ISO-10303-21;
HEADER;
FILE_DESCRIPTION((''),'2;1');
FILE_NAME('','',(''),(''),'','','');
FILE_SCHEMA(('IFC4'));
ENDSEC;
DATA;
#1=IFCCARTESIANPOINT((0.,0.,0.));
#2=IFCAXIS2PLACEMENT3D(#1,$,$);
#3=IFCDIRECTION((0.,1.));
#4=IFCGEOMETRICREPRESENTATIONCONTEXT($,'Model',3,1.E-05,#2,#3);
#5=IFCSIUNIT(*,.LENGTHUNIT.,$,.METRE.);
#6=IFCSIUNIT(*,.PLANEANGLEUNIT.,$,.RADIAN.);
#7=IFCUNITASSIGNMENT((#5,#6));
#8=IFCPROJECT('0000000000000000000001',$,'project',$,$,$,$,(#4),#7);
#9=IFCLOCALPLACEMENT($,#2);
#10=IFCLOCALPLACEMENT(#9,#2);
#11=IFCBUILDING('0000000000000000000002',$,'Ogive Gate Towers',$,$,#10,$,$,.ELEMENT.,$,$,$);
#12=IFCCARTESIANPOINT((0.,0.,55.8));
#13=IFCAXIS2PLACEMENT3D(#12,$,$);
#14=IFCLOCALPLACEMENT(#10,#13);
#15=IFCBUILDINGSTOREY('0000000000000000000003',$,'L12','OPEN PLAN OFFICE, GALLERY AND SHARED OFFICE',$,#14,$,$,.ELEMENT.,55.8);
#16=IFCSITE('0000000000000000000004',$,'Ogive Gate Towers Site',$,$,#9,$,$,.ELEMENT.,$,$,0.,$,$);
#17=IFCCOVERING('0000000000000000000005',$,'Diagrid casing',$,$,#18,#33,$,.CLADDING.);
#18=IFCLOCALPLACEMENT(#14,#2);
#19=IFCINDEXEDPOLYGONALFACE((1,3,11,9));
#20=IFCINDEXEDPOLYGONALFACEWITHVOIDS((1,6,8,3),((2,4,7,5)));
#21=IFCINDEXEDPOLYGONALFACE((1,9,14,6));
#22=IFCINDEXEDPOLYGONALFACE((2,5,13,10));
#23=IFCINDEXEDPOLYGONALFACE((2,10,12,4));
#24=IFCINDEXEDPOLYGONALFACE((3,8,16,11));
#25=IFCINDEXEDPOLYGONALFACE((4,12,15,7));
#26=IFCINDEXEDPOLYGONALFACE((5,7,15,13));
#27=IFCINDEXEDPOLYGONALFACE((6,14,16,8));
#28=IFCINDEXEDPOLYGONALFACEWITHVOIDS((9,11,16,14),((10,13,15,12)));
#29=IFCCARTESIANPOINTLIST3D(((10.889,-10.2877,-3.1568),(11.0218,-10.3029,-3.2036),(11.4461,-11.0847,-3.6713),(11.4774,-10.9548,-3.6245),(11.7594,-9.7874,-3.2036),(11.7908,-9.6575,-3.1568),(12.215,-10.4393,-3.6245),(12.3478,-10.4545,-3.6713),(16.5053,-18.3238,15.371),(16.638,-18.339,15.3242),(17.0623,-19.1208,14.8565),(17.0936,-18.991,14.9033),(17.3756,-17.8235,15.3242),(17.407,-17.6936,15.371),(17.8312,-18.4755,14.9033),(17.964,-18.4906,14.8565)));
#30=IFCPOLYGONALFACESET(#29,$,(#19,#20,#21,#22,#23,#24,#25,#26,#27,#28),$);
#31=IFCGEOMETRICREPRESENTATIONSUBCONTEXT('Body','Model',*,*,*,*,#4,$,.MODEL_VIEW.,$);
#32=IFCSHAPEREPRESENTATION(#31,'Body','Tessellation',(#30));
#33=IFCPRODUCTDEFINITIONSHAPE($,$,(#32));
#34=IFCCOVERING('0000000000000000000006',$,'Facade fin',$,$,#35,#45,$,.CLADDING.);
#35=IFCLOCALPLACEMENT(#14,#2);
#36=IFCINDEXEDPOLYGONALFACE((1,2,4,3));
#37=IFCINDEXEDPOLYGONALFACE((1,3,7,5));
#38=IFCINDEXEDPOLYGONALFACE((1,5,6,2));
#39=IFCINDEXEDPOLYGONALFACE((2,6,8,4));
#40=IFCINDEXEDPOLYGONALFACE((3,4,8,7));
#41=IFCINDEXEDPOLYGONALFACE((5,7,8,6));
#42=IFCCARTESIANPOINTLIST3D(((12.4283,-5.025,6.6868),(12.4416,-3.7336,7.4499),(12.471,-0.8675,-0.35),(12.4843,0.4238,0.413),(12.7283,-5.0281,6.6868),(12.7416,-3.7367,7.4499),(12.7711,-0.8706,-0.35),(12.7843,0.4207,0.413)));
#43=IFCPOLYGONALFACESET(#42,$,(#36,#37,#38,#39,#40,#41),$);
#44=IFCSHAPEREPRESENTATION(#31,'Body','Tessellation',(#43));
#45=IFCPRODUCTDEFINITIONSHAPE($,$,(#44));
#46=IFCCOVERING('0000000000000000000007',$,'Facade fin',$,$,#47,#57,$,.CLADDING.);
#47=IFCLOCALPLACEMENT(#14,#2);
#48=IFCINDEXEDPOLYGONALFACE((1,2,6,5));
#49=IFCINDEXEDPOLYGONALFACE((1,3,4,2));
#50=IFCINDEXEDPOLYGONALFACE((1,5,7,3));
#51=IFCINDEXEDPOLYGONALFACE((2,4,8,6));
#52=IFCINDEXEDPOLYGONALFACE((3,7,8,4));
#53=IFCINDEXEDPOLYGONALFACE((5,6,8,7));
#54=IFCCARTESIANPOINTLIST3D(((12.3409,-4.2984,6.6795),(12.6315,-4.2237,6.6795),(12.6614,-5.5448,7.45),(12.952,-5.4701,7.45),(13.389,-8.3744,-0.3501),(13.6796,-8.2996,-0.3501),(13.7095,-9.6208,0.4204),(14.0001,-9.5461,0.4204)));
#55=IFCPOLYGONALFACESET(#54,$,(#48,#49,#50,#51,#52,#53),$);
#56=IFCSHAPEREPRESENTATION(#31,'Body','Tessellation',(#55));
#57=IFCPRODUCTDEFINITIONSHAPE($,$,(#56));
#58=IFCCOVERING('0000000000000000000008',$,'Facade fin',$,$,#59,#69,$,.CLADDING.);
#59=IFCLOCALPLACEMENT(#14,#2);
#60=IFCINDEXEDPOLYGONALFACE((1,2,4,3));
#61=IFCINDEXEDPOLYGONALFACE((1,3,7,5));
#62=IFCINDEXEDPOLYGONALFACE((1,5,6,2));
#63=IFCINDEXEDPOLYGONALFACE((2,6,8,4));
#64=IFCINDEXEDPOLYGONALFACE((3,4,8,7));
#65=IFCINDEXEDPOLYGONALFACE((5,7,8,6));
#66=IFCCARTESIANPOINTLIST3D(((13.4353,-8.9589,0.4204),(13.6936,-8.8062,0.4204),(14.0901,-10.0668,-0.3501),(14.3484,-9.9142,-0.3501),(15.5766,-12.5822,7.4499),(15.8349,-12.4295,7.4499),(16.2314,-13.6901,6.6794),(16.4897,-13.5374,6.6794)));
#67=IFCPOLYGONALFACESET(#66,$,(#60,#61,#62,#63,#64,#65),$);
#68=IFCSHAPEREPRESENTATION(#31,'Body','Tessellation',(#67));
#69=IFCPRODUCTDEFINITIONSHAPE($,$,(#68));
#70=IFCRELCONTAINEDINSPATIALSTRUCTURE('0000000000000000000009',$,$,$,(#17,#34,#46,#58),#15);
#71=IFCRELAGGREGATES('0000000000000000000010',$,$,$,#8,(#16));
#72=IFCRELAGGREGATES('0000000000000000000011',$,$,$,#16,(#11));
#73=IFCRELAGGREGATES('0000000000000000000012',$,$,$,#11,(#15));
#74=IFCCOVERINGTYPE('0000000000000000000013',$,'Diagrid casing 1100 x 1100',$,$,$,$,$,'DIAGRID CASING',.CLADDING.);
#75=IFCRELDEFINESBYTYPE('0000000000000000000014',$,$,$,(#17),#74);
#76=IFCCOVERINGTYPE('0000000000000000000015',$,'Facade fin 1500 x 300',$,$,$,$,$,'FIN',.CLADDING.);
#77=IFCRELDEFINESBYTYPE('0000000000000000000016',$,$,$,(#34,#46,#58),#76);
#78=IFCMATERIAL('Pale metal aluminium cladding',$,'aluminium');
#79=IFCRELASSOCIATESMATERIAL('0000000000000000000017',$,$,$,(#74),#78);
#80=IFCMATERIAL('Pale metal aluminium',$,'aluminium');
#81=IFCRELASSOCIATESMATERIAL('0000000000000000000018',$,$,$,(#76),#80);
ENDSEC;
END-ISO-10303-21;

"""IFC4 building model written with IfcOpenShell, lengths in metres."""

from ifc_helpers import new_model, si_unit, direction, frame, origin, origin_2d, place, context, subcontext, project, spatial, rectangle, hollow_rectangle, extrude, material, material_profile, profile_set, type_object, element, save


model = new_model("IFC4")

# Units and contexts
model_context = context("Model", 3, precision=1e-05, world=origin(), true_north=direction((0.0, 1.0)))
body_context = subcontext(model_context, "Body", "Model", "MODEL_VIEW")
ifc_project = project(units=[si_unit("LENGTHUNIT", "METRE"), si_unit("PLANEANGLEUNIT", "RADIAN")], contexts=[model_context])

# Site, building, storey
site_placement = place(None, origin())
site = spatial("IfcSite", under=ifc_project, at=site_placement, Name="Ogive Gate Towers Site", CompositionType="ELEMENT", RefElevation=0.0)
building_placement = place(site_placement, origin())
building = spatial("IfcBuilding", under=site, at=building_placement, Name="Ogive Gate Towers", CompositionType="ELEMENT")
storey_placement = place(building_placement, frame((0.0, 0.0, 55.8)))
storey = spatial("IfcBuildingStorey", under=building, at=storey_placement, Name="L12", Description="OPEN PLAN OFFICE, GALLERY AND SHARED OFFICE", CompositionType="ELEMENT", Elevation=55.8)

# Shared definitions
ifc_material_1 = material(Name="Pale metal aluminium", Category="aluminium")

# Coverings
ifc_material_2 = material(Name="Pale metal aluminium cladding", Category="aluminium")
ifc_material_profile_1 = material_profile(ifc_material_2, hollow_rectangle(XDim=1.1001, YDim=1.1001, WallThickness=0.1001, at=origin_2d()), Name="1100 x 1100 pale metal casing")
ifc_profile_set_1 = profile_set([ifc_material_profile_1], Name="Pale metal aluminium cladding")
covering_type_1 = type_object("IfcCoveringType", Name="Diagrid casing 1100 x 1100", ElementType="DIAGRID CASING", PredefinedType="CLADDING", material=ifc_profile_set_1)
for number, where, z_axis, x_axis, name in (
    (1, (11.6184, -10.3711, -3.4141), (0.267925, -0.383368, 0.883881), (0.819667, 0.57284, 0.0), "Diagrid casing"),
):
    element("IfcCovering", number, at=place(storey_placement, frame(where, z_axis=z_axis, x_axis=x_axis)), inside=storey, type_object=covering_type_1, Name=name, PredefinedType="CLADDING", context=body_context, shape_type="SweptSolid", body=[
        extrude(hollow_rectangle(XDim=1.1001, YDim=1.1001, WallThickness=0.1001, at=origin_2d()), origin(), (0.0, 0.0, 1.0), 20.9619),
    ])
ifc_material_profile_2 = material_profile(ifc_material_1, rectangle(XDim=0.3, YDim=1.5, at=origin_2d()), Name="1500 x 300 pale metal aluminium")
ifc_profile_set_2 = profile_set([ifc_material_profile_2], Name="Pale metal aluminium")
covering_type_2 = type_object("IfcCoveringType", Name="Facade fin 1500 x 300", ElementType="FIN", PredefinedType="CLADDING", material=ifc_profile_set_2)
covering_placement = place(storey_placement, frame((12.6277, -0.2234, 0.0315), z_axis=(-0.005227, -0.508661, 0.860951), x_axis=(0.999947, -0.010276, 0.0)))
element("IfcCovering", 2, at=covering_placement, inside=storey, type_object=covering_type_2, Name="Facade fin", PredefinedType="CLADDING", context=body_context, shape_type="SweptSolid", body=[
    extrude(rectangle(XDim=0.3, YDim=1.5, at=origin_2d()), origin(), (0.0, 0.0, 1.0), 8.1733),
])
for number, where, z_axis, x_axis, name in (
    (3, (13.6946, -8.9602, 0.0352), (-0.127925, 0.497486, 0.857988), (-0.968493, -0.249041, 0.0), "Facade fin"),
    (4, (13.8918, -9.4365, 0.0352), (0.261359, -0.442233, 0.857975), (0.860893, 0.508786, 0.0), "Facade fin"),
):
    element("IfcCovering", number, at=place(storey_placement, frame(where, z_axis=z_axis, x_axis=x_axis)), inside=storey, type_object=covering_type_2, Name=name, PredefinedType="CLADDING", context=body_context, shape_type="SweptSolid", body=[
        extrude(rectangle(XDim=0.3, YDim=1.5, at=origin_2d()), origin(), (0.0, 0.0, 1.0), 8.1931),
    ])

save(model, "model.ifc")
